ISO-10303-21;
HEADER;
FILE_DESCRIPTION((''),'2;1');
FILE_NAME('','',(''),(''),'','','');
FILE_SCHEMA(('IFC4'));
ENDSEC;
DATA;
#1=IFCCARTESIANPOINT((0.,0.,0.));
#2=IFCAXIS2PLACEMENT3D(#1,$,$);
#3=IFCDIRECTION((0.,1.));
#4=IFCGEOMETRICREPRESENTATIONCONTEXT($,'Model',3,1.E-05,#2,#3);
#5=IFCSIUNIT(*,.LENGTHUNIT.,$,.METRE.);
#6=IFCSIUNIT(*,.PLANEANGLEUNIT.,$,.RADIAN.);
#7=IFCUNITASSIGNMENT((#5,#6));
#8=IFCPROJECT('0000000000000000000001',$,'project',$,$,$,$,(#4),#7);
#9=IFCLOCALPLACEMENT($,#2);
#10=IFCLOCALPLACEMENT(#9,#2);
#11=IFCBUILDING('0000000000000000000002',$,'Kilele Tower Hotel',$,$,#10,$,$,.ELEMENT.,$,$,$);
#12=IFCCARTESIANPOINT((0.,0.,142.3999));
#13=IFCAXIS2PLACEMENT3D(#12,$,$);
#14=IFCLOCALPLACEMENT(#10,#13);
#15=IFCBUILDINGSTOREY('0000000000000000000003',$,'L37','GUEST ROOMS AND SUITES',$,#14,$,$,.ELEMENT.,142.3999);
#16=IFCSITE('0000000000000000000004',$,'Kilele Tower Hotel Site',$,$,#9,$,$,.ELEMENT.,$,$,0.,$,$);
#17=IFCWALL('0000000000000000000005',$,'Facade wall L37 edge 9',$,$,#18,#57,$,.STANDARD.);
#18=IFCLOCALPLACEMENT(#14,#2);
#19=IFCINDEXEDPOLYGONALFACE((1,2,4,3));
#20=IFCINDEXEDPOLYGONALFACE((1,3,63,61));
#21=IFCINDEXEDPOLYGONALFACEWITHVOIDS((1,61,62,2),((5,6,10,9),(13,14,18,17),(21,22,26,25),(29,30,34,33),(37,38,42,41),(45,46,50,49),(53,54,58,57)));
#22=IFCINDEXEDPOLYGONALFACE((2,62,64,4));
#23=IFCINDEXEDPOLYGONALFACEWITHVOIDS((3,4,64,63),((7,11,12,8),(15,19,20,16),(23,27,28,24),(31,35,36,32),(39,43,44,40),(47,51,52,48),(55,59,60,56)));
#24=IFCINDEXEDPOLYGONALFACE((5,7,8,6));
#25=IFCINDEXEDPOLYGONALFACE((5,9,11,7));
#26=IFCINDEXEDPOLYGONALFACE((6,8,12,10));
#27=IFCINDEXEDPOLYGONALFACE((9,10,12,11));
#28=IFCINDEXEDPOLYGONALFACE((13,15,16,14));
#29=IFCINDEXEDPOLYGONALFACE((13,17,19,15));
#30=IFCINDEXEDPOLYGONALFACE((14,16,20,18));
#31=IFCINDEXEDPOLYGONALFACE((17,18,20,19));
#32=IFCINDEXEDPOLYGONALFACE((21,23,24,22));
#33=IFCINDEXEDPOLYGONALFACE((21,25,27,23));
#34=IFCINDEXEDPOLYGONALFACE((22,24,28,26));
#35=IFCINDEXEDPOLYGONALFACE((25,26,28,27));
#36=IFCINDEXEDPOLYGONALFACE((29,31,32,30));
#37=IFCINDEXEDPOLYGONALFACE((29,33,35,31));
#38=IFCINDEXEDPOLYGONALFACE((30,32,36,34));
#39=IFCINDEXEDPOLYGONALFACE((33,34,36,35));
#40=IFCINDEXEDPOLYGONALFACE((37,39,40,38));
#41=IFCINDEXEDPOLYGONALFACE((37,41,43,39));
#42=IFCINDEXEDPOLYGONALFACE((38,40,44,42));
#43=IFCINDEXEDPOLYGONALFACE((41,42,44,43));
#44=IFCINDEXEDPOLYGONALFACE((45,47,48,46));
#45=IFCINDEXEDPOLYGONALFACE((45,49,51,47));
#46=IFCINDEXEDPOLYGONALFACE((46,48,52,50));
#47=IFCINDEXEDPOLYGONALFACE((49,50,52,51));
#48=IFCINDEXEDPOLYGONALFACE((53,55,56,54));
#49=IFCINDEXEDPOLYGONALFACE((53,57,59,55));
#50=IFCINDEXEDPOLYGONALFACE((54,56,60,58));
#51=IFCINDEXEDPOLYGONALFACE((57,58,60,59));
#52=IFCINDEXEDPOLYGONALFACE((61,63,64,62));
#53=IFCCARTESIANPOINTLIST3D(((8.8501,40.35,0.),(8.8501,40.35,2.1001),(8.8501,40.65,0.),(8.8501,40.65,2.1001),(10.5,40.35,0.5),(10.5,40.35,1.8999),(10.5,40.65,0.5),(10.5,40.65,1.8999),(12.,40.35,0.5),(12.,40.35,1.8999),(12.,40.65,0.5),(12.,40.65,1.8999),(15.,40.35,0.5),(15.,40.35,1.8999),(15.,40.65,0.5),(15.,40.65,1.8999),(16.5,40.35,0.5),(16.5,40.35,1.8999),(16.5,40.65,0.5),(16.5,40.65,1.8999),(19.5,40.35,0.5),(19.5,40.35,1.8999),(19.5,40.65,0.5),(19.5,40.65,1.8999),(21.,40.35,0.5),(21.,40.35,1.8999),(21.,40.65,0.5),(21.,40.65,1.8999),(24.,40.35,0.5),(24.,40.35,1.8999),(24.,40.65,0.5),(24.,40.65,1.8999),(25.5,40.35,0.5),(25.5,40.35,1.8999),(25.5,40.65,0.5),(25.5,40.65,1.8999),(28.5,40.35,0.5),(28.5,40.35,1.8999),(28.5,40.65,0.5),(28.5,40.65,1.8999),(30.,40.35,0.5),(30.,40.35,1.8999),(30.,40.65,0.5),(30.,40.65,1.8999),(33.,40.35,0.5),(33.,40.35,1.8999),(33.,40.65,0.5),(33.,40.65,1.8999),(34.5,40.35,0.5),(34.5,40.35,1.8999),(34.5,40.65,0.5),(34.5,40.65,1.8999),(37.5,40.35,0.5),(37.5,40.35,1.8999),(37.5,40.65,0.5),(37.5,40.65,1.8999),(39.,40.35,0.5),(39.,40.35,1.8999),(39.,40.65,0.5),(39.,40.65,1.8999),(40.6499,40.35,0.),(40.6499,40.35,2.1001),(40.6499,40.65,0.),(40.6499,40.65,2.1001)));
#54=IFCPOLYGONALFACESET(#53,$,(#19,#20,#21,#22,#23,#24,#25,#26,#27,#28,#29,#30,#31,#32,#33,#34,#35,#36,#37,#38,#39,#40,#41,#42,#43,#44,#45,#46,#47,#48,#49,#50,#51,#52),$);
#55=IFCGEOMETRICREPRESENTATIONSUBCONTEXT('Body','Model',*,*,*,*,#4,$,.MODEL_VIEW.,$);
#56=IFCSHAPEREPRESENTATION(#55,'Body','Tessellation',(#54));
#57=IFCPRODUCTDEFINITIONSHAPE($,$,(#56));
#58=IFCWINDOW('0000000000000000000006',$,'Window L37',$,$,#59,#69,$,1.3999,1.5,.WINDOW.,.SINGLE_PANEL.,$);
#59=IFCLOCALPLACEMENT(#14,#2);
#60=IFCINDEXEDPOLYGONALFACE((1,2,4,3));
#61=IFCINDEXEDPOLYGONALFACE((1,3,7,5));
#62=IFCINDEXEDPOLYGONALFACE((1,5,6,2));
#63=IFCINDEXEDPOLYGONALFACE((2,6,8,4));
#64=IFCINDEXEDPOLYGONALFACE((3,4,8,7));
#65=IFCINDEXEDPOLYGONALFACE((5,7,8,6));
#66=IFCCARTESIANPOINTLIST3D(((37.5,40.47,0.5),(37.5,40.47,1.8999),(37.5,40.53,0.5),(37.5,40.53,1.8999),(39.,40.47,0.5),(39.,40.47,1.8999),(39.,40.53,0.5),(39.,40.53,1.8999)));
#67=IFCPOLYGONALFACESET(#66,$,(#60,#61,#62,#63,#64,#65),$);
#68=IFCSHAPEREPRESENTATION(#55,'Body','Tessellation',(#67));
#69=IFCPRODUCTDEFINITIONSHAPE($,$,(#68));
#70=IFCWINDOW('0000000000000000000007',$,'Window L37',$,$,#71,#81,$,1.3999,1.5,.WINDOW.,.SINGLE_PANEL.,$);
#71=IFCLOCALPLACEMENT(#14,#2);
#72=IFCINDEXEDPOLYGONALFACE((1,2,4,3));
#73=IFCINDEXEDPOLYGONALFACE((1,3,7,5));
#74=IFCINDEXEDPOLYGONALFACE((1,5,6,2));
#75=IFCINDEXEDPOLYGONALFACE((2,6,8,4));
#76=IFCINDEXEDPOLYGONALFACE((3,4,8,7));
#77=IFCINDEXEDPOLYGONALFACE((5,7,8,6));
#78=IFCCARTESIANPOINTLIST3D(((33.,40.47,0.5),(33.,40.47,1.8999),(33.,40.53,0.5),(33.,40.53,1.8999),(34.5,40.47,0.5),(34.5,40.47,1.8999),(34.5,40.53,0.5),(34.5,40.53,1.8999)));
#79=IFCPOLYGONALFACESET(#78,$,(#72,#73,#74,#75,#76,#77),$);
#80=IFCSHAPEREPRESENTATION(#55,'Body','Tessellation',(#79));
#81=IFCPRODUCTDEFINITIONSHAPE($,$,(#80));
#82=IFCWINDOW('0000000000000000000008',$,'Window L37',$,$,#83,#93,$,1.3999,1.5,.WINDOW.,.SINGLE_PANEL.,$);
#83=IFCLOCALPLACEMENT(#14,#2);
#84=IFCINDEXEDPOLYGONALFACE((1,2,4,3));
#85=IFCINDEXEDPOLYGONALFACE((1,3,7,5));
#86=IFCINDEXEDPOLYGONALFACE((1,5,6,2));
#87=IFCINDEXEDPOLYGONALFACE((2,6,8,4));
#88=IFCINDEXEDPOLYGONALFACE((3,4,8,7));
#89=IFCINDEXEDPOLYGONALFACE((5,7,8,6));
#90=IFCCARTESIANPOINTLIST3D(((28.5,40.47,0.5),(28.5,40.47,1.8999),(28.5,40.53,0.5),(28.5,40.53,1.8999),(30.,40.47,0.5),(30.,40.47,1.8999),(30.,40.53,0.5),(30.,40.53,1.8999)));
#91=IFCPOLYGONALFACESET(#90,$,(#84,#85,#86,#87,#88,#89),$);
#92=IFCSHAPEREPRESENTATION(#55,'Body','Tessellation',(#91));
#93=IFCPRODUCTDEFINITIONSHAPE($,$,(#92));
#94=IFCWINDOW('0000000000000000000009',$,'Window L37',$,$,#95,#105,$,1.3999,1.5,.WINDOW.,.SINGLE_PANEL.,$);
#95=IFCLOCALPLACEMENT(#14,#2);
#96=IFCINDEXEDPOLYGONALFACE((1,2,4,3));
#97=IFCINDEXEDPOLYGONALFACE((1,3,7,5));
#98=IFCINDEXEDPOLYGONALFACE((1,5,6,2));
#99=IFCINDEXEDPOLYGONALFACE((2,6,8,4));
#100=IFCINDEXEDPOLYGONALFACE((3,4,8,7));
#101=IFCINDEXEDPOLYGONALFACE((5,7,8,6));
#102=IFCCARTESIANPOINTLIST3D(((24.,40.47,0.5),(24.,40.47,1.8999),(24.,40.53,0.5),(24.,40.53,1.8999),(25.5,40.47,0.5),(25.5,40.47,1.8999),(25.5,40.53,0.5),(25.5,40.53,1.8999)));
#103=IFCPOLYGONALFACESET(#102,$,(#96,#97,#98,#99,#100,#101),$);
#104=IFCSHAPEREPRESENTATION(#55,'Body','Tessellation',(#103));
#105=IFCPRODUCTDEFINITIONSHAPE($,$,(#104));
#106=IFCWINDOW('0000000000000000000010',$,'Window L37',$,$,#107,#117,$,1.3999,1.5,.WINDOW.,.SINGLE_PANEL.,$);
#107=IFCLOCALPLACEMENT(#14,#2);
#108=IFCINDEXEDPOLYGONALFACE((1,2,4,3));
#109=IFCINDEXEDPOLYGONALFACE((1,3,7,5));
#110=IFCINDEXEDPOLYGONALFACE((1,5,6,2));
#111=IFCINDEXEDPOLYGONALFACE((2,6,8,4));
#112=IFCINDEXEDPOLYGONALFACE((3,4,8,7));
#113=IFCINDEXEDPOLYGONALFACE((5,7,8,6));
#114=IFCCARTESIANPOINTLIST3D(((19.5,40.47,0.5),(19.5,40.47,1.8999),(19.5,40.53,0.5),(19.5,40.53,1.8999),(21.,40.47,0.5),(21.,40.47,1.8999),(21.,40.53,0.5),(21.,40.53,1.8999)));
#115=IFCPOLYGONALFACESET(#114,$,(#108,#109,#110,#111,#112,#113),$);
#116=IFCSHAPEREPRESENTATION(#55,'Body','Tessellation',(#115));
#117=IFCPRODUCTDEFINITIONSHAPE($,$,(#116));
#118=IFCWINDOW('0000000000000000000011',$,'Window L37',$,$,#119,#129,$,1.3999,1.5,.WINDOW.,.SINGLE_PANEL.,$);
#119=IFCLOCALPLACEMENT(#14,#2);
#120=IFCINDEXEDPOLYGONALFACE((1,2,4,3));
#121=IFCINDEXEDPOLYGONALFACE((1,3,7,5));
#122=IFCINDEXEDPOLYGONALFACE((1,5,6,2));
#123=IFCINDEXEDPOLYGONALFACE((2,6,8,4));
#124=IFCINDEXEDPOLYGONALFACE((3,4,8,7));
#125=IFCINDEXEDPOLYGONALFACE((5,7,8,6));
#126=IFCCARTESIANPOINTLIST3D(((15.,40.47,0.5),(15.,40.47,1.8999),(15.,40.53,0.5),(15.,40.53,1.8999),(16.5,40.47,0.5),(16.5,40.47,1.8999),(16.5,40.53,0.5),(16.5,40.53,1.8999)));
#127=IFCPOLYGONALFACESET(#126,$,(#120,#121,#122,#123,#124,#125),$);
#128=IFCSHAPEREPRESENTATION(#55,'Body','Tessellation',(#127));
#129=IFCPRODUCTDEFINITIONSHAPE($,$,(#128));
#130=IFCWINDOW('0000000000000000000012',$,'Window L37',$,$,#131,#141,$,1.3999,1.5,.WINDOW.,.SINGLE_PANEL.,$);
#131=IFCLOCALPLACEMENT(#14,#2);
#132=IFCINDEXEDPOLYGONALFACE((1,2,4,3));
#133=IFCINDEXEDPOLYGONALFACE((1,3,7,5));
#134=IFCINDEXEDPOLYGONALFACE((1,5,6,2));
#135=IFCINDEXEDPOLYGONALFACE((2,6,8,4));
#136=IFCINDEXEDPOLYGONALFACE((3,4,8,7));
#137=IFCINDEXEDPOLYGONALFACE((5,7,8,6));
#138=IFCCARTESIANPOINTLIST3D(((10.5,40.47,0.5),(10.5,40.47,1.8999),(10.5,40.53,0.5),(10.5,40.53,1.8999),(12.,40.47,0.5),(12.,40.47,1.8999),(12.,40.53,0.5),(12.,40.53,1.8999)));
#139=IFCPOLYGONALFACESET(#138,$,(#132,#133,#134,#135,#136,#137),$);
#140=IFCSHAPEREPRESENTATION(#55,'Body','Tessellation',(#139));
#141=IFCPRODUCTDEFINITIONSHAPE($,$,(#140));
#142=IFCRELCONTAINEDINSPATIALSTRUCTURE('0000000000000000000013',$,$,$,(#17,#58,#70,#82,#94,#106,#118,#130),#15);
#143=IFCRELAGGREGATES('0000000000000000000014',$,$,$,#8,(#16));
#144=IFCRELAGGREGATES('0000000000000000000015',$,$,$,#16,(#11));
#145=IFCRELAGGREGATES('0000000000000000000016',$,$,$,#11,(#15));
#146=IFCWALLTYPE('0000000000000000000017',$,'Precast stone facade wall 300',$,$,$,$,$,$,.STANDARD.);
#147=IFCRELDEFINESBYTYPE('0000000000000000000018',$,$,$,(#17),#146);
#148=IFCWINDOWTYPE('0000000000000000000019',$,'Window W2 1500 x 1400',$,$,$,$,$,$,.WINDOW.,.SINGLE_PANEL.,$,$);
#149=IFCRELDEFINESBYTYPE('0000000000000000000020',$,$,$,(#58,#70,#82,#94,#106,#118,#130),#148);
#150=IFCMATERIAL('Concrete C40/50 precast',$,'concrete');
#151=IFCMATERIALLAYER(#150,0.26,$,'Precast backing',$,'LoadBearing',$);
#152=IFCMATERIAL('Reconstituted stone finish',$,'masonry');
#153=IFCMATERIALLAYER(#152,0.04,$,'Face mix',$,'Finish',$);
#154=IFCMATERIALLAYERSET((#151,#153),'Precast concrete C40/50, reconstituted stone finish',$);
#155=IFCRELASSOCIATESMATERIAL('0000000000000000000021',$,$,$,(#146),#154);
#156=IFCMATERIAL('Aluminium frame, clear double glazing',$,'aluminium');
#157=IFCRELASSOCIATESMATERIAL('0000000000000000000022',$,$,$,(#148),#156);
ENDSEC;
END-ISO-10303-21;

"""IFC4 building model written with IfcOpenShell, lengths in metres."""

from ifc_helpers import new_model, si_unit, direction, frame, frame_2d, origin, place, context, subcontext, project, spatial, rectangle, extrude, material, layer, layer_set, type_object, element, fill, save


model = new_model("IFC4")

# Units and contexts
model_context = context("Model", 3, precision=1e-05, world=origin(), true_north=direction((0.0, 1.0)))
body_context = subcontext(model_context, "Body", "Model", "MODEL_VIEW")
ifc_project = project(units=[si_unit("LENGTHUNIT", "METRE"), si_unit("PLANEANGLEUNIT", "RADIAN")], contexts=[model_context])

# Site, building, storey
site_placement = place(None, origin())
site = spatial("IfcSite", under=ifc_project, at=site_placement, Name="Kilele Tower Hotel Site", CompositionType="ELEMENT", RefElevation=0.0)
building_placement = place(site_placement, origin())
building = spatial("IfcBuilding", under=site, at=building_placement, Name="Kilele Tower Hotel", CompositionType="ELEMENT")
storey_placement = place(building_placement, frame((0.0, 0.0, 142.3999)))
storey = spatial("IfcBuildingStorey", under=building, at=storey_placement, Name="L37", Description="GUEST ROOMS AND SUITES", CompositionType="ELEMENT", Elevation=142.3999)

# Shared definitions
ifc_material_1 = material(Name="Concrete C40/50 precast", Category="concrete")
ifc_layer_1 = layer(ifc_material_1, 0.26, Name="Precast backing", Category="LoadBearing")
ifc_material_2 = material(Name="Reconstituted stone finish", Category="masonry")
ifc_layer_2 = layer(ifc_material_2, 0.04, Name="Face mix", Category="Finish")
ifc_layer_set_1 = layer_set([ifc_layer_1, ifc_layer_2], Name="Precast concrete C40/50, reconstituted stone finish")
wall_type_1 = type_object("IfcWallType", Name="Precast stone facade wall 300", PredefinedType="STANDARD", material=ifc_layer_set_1)
ifc_material_3 = material(Name="Aluminium frame, clear double glazing", Category="aluminium")
window_type_1 = type_object("IfcWindowType", Name="Window W2 1500 x 1400", PartitioningType="SINGLE_PANEL", PredefinedType="WINDOW", material=ifc_material_3)

# Wall, openings, windows
wall_1_placement = place(storey_placement, frame((40.6499, 40.5, 0.0), z_axis=(0.0, 0.0, 1.0), x_axis=(-1.0, 0.0, 0.0)))
wall_1 = element("IfcWall", 1, at=wall_1_placement, inside=storey, type_object=wall_type_1, Name="Facade wall L37 edge 9", PredefinedType="STANDARD", context=body_context, shape_type="SweptSolid", body=[
    extrude(rectangle(XDim=31.7998, YDim=0.3, at=frame_2d((15.8999, 0.0))), origin(), (0.0, 0.0, 1.0), 2.1001),
])
opening_1_placement = place(wall_1_placement, frame((1.6499, 0.0, 0.5)))
opening_1 = element("IfcOpeningElement", 2, at=opening_1_placement, cuts=wall_1, PredefinedType="OPENING", context=body_context, shape_type="SweptSolid", body=[
    extrude(rectangle(XDim=1.5, YDim=1.3999, at=frame_2d((0.75, 0.7))), frame((0.0, 0.1599, 0.0), z_axis=(0.0, -1.0, 0.0), x_axis=(1.0, 0.0, 0.0)), (0.0, 0.0, 1.0), 0.3201),
])
opening_2_placement = place(wall_1_placement, frame((6.1499, 0.0, 0.5)))
opening_2 = element("IfcOpeningElement", 3, at=opening_2_placement, cuts=wall_1, PredefinedType="OPENING", context=body_context, shape_type="SweptSolid", body=[
    extrude(rectangle(XDim=1.5, YDim=1.3999, at=frame_2d((0.75, 0.7))), frame((0.0, 0.1599, 0.0), z_axis=(0.0, -1.0, 0.0), x_axis=(1.0, 0.0, 0.0)), (0.0, 0.0, 1.0), 0.3201),
])
opening_3_placement = place(wall_1_placement, frame((10.6499, 0.0, 0.5)))
opening_3 = element("IfcOpeningElement", 4, at=opening_3_placement, cuts=wall_1, PredefinedType="OPENING", context=body_context, shape_type="SweptSolid", body=[
    extrude(rectangle(XDim=1.5, YDim=1.3999, at=frame_2d((0.75, 0.7))), frame((0.0, 0.1599, 0.0), z_axis=(0.0, -1.0, 0.0), x_axis=(1.0, 0.0, 0.0)), (0.0, 0.0, 1.0), 0.3201),
])
opening_4_placement = place(wall_1_placement, frame((15.1499, 0.0, 0.5)))
opening_4 = element("IfcOpeningElement", 5, at=opening_4_placement, cuts=wall_1, PredefinedType="OPENING", context=body_context, shape_type="SweptSolid", body=[
    extrude(rectangle(XDim=1.5, YDim=1.3999, at=frame_2d((0.75, 0.7))), frame((0.0, 0.1599, 0.0), z_axis=(0.0, -1.0, 0.0), x_axis=(1.0, 0.0, 0.0)), (0.0, 0.0, 1.0), 0.3201),
])
opening_5_placement = place(wall_1_placement, frame((19.6499, 0.0, 0.5)))
opening_5 = element("IfcOpeningElement", 6, at=opening_5_placement, cuts=wall_1, PredefinedType="OPENING", context=body_context, shape_type="SweptSolid", body=[
    extrude(rectangle(XDim=1.5, YDim=1.3999, at=frame_2d((0.75, 0.7))), frame((0.0, 0.1599, 0.0), z_axis=(0.0, -1.0, 0.0), x_axis=(1.0, 0.0, 0.0)), (0.0, 0.0, 1.0), 0.3201),
])
opening_6_placement = place(wall_1_placement, frame((24.1499, 0.0, 0.5)))
opening_6 = element("IfcOpeningElement", 7, at=opening_6_placement, cuts=wall_1, PredefinedType="OPENING", context=body_context, shape_type="SweptSolid", body=[
    extrude(rectangle(XDim=1.5, YDim=1.3999, at=frame_2d((0.75, 0.7))), frame((0.0, 0.1599, 0.0), z_axis=(0.0, -1.0, 0.0), x_axis=(1.0, 0.0, 0.0)), (0.0, 0.0, 1.0), 0.3201),
])
opening_7_placement = place(wall_1_placement, frame((28.6499, 0.0, 0.5)))
opening_7 = element("IfcOpeningElement", 8, at=opening_7_placement, cuts=wall_1, PredefinedType="OPENING", context=body_context, shape_type="SweptSolid", body=[
    extrude(rectangle(XDim=1.5, YDim=1.3999, at=frame_2d((0.75, 0.7))), frame((0.0, 0.1599, 0.0), z_axis=(0.0, -1.0, 0.0), x_axis=(1.0, 0.0, 0.0)), (0.0, 0.0, 1.0), 0.3201),
])
window_1_placement = place(opening_1_placement, origin())
window_1 = element("IfcWindow", 9, at=window_1_placement, inside=storey, type_object=window_type_1, Name="Window L37", OverallHeight=1.3999, OverallWidth=1.5, PartitioningType="SINGLE_PANEL", PredefinedType="WINDOW", context=body_context, shape_type="SweptSolid", body=[
    extrude(rectangle(XDim=1.5, YDim=1.3999, at=frame_2d((0.75, 0.7))), frame((0.0, 0.03, 0.0), z_axis=(0.0, -1.0, 0.0), x_axis=(1.0, 0.0, 0.0)), (0.0, 0.0, 1.0), 0.0601),
])
fill(opening_1, window_1)
window_2_placement = place(opening_2_placement, origin())
window_2 = element("IfcWindow", 10, at=window_2_placement, inside=storey, type_object=window_type_1, Name="Window L37", OverallHeight=1.3999, OverallWidth=1.5, PartitioningType="SINGLE_PANEL", PredefinedType="WINDOW", context=body_context, shape_type="SweptSolid", body=[
    extrude(rectangle(XDim=1.5, YDim=1.3999, at=frame_2d((0.75, 0.7))), frame((0.0, 0.03, 0.0), z_axis=(0.0, -1.0, 0.0), x_axis=(1.0, 0.0, 0.0)), (0.0, 0.0, 1.0), 0.0601),
])
fill(opening_2, window_2)
window_3_placement = place(opening_3_placement, origin())
window_3 = element("IfcWindow", 11, at=window_3_placement, inside=storey, type_object=window_type_1, Name="Window L37", OverallHeight=1.3999, OverallWidth=1.5, PartitioningType="SINGLE_PANEL", PredefinedType="WINDOW", context=body_context, shape_type="SweptSolid", body=[
    extrude(rectangle(XDim=1.5, YDim=1.3999, at=frame_2d((0.75, 0.7))), frame((0.0, 0.03, 0.0), z_axis=(0.0, -1.0, 0.0), x_axis=(1.0, 0.0, 0.0)), (0.0, 0.0, 1.0), 0.0601),
])
fill(opening_3, window_3)
window_4_placement = place(opening_4_placement, origin())
window_4 = element("IfcWindow", 12, at=window_4_placement, inside=storey, type_object=window_type_1, Name="Window L37", OverallHeight=1.3999, OverallWidth=1.5, PartitioningType="SINGLE_PANEL", PredefinedType="WINDOW", context=body_context, shape_type="SweptSolid", body=[
    extrude(rectangle(XDim=1.5, YDim=1.3999, at=frame_2d((0.75, 0.7))), frame((0.0, 0.03, 0.0), z_axis=(0.0, -1.0, 0.0), x_axis=(1.0, 0.0, 0.0)), (0.0, 0.0, 1.0), 0.0601),
])
fill(opening_4, window_4)
window_5_placement = place(opening_5_placement, origin())
window_5 = element("IfcWindow", 13, at=window_5_placement, inside=storey, type_object=window_type_1, Name="Window L37", OverallHeight=1.3999, OverallWidth=1.5, PartitioningType="SINGLE_PANEL", PredefinedType="WINDOW", context=body_context, shape_type="SweptSolid", body=[
    extrude(rectangle(XDim=1.5, YDim=1.3999, at=frame_2d((0.75, 0.7))), frame((0.0, 0.03, 0.0), z_axis=(0.0, -1.0, 0.0), x_axis=(1.0, 0.0, 0.0)), (0.0, 0.0, 1.0), 0.0601),
])
fill(opening_5, window_5)
window_6_placement = place(opening_6_placement, origin())
window_6 = element("IfcWindow", 14, at=window_6_placement, inside=storey, type_object=window_type_1, Name="Window L37", OverallHeight=1.3999, OverallWidth=1.5, PartitioningType="SINGLE_PANEL", PredefinedType="WINDOW", context=body_context, shape_type="SweptSolid", body=[
    extrude(rectangle(XDim=1.5, YDim=1.3999, at=frame_2d((0.75, 0.7))), frame((0.0, 0.03, 0.0), z_axis=(0.0, -1.0, 0.0), x_axis=(1.0, 0.0, 0.0)), (0.0, 0.0, 1.0), 0.0601),
])
fill(opening_6, window_6)
window_7_placement = place(opening_7_placement, origin())
window_7 = element("IfcWindow", 15, at=window_7_placement, inside=storey, type_object=window_type_1, Name="Window L37", OverallHeight=1.3999, OverallWidth=1.5, PartitioningType="SINGLE_PANEL", PredefinedType="WINDOW", context=body_context, shape_type="SweptSolid", body=[
    extrude(rectangle(XDim=1.5, YDim=1.3999, at=frame_2d((0.75, 0.7))), frame((0.0, 0.03, 0.0), z_axis=(0.0, -1.0, 0.0), x_axis=(1.0, 0.0, 0.0)), (0.0, 0.0, 1.0), 0.0601),
])
fill(opening_7, window_7)

save(model, "model.ifc")
